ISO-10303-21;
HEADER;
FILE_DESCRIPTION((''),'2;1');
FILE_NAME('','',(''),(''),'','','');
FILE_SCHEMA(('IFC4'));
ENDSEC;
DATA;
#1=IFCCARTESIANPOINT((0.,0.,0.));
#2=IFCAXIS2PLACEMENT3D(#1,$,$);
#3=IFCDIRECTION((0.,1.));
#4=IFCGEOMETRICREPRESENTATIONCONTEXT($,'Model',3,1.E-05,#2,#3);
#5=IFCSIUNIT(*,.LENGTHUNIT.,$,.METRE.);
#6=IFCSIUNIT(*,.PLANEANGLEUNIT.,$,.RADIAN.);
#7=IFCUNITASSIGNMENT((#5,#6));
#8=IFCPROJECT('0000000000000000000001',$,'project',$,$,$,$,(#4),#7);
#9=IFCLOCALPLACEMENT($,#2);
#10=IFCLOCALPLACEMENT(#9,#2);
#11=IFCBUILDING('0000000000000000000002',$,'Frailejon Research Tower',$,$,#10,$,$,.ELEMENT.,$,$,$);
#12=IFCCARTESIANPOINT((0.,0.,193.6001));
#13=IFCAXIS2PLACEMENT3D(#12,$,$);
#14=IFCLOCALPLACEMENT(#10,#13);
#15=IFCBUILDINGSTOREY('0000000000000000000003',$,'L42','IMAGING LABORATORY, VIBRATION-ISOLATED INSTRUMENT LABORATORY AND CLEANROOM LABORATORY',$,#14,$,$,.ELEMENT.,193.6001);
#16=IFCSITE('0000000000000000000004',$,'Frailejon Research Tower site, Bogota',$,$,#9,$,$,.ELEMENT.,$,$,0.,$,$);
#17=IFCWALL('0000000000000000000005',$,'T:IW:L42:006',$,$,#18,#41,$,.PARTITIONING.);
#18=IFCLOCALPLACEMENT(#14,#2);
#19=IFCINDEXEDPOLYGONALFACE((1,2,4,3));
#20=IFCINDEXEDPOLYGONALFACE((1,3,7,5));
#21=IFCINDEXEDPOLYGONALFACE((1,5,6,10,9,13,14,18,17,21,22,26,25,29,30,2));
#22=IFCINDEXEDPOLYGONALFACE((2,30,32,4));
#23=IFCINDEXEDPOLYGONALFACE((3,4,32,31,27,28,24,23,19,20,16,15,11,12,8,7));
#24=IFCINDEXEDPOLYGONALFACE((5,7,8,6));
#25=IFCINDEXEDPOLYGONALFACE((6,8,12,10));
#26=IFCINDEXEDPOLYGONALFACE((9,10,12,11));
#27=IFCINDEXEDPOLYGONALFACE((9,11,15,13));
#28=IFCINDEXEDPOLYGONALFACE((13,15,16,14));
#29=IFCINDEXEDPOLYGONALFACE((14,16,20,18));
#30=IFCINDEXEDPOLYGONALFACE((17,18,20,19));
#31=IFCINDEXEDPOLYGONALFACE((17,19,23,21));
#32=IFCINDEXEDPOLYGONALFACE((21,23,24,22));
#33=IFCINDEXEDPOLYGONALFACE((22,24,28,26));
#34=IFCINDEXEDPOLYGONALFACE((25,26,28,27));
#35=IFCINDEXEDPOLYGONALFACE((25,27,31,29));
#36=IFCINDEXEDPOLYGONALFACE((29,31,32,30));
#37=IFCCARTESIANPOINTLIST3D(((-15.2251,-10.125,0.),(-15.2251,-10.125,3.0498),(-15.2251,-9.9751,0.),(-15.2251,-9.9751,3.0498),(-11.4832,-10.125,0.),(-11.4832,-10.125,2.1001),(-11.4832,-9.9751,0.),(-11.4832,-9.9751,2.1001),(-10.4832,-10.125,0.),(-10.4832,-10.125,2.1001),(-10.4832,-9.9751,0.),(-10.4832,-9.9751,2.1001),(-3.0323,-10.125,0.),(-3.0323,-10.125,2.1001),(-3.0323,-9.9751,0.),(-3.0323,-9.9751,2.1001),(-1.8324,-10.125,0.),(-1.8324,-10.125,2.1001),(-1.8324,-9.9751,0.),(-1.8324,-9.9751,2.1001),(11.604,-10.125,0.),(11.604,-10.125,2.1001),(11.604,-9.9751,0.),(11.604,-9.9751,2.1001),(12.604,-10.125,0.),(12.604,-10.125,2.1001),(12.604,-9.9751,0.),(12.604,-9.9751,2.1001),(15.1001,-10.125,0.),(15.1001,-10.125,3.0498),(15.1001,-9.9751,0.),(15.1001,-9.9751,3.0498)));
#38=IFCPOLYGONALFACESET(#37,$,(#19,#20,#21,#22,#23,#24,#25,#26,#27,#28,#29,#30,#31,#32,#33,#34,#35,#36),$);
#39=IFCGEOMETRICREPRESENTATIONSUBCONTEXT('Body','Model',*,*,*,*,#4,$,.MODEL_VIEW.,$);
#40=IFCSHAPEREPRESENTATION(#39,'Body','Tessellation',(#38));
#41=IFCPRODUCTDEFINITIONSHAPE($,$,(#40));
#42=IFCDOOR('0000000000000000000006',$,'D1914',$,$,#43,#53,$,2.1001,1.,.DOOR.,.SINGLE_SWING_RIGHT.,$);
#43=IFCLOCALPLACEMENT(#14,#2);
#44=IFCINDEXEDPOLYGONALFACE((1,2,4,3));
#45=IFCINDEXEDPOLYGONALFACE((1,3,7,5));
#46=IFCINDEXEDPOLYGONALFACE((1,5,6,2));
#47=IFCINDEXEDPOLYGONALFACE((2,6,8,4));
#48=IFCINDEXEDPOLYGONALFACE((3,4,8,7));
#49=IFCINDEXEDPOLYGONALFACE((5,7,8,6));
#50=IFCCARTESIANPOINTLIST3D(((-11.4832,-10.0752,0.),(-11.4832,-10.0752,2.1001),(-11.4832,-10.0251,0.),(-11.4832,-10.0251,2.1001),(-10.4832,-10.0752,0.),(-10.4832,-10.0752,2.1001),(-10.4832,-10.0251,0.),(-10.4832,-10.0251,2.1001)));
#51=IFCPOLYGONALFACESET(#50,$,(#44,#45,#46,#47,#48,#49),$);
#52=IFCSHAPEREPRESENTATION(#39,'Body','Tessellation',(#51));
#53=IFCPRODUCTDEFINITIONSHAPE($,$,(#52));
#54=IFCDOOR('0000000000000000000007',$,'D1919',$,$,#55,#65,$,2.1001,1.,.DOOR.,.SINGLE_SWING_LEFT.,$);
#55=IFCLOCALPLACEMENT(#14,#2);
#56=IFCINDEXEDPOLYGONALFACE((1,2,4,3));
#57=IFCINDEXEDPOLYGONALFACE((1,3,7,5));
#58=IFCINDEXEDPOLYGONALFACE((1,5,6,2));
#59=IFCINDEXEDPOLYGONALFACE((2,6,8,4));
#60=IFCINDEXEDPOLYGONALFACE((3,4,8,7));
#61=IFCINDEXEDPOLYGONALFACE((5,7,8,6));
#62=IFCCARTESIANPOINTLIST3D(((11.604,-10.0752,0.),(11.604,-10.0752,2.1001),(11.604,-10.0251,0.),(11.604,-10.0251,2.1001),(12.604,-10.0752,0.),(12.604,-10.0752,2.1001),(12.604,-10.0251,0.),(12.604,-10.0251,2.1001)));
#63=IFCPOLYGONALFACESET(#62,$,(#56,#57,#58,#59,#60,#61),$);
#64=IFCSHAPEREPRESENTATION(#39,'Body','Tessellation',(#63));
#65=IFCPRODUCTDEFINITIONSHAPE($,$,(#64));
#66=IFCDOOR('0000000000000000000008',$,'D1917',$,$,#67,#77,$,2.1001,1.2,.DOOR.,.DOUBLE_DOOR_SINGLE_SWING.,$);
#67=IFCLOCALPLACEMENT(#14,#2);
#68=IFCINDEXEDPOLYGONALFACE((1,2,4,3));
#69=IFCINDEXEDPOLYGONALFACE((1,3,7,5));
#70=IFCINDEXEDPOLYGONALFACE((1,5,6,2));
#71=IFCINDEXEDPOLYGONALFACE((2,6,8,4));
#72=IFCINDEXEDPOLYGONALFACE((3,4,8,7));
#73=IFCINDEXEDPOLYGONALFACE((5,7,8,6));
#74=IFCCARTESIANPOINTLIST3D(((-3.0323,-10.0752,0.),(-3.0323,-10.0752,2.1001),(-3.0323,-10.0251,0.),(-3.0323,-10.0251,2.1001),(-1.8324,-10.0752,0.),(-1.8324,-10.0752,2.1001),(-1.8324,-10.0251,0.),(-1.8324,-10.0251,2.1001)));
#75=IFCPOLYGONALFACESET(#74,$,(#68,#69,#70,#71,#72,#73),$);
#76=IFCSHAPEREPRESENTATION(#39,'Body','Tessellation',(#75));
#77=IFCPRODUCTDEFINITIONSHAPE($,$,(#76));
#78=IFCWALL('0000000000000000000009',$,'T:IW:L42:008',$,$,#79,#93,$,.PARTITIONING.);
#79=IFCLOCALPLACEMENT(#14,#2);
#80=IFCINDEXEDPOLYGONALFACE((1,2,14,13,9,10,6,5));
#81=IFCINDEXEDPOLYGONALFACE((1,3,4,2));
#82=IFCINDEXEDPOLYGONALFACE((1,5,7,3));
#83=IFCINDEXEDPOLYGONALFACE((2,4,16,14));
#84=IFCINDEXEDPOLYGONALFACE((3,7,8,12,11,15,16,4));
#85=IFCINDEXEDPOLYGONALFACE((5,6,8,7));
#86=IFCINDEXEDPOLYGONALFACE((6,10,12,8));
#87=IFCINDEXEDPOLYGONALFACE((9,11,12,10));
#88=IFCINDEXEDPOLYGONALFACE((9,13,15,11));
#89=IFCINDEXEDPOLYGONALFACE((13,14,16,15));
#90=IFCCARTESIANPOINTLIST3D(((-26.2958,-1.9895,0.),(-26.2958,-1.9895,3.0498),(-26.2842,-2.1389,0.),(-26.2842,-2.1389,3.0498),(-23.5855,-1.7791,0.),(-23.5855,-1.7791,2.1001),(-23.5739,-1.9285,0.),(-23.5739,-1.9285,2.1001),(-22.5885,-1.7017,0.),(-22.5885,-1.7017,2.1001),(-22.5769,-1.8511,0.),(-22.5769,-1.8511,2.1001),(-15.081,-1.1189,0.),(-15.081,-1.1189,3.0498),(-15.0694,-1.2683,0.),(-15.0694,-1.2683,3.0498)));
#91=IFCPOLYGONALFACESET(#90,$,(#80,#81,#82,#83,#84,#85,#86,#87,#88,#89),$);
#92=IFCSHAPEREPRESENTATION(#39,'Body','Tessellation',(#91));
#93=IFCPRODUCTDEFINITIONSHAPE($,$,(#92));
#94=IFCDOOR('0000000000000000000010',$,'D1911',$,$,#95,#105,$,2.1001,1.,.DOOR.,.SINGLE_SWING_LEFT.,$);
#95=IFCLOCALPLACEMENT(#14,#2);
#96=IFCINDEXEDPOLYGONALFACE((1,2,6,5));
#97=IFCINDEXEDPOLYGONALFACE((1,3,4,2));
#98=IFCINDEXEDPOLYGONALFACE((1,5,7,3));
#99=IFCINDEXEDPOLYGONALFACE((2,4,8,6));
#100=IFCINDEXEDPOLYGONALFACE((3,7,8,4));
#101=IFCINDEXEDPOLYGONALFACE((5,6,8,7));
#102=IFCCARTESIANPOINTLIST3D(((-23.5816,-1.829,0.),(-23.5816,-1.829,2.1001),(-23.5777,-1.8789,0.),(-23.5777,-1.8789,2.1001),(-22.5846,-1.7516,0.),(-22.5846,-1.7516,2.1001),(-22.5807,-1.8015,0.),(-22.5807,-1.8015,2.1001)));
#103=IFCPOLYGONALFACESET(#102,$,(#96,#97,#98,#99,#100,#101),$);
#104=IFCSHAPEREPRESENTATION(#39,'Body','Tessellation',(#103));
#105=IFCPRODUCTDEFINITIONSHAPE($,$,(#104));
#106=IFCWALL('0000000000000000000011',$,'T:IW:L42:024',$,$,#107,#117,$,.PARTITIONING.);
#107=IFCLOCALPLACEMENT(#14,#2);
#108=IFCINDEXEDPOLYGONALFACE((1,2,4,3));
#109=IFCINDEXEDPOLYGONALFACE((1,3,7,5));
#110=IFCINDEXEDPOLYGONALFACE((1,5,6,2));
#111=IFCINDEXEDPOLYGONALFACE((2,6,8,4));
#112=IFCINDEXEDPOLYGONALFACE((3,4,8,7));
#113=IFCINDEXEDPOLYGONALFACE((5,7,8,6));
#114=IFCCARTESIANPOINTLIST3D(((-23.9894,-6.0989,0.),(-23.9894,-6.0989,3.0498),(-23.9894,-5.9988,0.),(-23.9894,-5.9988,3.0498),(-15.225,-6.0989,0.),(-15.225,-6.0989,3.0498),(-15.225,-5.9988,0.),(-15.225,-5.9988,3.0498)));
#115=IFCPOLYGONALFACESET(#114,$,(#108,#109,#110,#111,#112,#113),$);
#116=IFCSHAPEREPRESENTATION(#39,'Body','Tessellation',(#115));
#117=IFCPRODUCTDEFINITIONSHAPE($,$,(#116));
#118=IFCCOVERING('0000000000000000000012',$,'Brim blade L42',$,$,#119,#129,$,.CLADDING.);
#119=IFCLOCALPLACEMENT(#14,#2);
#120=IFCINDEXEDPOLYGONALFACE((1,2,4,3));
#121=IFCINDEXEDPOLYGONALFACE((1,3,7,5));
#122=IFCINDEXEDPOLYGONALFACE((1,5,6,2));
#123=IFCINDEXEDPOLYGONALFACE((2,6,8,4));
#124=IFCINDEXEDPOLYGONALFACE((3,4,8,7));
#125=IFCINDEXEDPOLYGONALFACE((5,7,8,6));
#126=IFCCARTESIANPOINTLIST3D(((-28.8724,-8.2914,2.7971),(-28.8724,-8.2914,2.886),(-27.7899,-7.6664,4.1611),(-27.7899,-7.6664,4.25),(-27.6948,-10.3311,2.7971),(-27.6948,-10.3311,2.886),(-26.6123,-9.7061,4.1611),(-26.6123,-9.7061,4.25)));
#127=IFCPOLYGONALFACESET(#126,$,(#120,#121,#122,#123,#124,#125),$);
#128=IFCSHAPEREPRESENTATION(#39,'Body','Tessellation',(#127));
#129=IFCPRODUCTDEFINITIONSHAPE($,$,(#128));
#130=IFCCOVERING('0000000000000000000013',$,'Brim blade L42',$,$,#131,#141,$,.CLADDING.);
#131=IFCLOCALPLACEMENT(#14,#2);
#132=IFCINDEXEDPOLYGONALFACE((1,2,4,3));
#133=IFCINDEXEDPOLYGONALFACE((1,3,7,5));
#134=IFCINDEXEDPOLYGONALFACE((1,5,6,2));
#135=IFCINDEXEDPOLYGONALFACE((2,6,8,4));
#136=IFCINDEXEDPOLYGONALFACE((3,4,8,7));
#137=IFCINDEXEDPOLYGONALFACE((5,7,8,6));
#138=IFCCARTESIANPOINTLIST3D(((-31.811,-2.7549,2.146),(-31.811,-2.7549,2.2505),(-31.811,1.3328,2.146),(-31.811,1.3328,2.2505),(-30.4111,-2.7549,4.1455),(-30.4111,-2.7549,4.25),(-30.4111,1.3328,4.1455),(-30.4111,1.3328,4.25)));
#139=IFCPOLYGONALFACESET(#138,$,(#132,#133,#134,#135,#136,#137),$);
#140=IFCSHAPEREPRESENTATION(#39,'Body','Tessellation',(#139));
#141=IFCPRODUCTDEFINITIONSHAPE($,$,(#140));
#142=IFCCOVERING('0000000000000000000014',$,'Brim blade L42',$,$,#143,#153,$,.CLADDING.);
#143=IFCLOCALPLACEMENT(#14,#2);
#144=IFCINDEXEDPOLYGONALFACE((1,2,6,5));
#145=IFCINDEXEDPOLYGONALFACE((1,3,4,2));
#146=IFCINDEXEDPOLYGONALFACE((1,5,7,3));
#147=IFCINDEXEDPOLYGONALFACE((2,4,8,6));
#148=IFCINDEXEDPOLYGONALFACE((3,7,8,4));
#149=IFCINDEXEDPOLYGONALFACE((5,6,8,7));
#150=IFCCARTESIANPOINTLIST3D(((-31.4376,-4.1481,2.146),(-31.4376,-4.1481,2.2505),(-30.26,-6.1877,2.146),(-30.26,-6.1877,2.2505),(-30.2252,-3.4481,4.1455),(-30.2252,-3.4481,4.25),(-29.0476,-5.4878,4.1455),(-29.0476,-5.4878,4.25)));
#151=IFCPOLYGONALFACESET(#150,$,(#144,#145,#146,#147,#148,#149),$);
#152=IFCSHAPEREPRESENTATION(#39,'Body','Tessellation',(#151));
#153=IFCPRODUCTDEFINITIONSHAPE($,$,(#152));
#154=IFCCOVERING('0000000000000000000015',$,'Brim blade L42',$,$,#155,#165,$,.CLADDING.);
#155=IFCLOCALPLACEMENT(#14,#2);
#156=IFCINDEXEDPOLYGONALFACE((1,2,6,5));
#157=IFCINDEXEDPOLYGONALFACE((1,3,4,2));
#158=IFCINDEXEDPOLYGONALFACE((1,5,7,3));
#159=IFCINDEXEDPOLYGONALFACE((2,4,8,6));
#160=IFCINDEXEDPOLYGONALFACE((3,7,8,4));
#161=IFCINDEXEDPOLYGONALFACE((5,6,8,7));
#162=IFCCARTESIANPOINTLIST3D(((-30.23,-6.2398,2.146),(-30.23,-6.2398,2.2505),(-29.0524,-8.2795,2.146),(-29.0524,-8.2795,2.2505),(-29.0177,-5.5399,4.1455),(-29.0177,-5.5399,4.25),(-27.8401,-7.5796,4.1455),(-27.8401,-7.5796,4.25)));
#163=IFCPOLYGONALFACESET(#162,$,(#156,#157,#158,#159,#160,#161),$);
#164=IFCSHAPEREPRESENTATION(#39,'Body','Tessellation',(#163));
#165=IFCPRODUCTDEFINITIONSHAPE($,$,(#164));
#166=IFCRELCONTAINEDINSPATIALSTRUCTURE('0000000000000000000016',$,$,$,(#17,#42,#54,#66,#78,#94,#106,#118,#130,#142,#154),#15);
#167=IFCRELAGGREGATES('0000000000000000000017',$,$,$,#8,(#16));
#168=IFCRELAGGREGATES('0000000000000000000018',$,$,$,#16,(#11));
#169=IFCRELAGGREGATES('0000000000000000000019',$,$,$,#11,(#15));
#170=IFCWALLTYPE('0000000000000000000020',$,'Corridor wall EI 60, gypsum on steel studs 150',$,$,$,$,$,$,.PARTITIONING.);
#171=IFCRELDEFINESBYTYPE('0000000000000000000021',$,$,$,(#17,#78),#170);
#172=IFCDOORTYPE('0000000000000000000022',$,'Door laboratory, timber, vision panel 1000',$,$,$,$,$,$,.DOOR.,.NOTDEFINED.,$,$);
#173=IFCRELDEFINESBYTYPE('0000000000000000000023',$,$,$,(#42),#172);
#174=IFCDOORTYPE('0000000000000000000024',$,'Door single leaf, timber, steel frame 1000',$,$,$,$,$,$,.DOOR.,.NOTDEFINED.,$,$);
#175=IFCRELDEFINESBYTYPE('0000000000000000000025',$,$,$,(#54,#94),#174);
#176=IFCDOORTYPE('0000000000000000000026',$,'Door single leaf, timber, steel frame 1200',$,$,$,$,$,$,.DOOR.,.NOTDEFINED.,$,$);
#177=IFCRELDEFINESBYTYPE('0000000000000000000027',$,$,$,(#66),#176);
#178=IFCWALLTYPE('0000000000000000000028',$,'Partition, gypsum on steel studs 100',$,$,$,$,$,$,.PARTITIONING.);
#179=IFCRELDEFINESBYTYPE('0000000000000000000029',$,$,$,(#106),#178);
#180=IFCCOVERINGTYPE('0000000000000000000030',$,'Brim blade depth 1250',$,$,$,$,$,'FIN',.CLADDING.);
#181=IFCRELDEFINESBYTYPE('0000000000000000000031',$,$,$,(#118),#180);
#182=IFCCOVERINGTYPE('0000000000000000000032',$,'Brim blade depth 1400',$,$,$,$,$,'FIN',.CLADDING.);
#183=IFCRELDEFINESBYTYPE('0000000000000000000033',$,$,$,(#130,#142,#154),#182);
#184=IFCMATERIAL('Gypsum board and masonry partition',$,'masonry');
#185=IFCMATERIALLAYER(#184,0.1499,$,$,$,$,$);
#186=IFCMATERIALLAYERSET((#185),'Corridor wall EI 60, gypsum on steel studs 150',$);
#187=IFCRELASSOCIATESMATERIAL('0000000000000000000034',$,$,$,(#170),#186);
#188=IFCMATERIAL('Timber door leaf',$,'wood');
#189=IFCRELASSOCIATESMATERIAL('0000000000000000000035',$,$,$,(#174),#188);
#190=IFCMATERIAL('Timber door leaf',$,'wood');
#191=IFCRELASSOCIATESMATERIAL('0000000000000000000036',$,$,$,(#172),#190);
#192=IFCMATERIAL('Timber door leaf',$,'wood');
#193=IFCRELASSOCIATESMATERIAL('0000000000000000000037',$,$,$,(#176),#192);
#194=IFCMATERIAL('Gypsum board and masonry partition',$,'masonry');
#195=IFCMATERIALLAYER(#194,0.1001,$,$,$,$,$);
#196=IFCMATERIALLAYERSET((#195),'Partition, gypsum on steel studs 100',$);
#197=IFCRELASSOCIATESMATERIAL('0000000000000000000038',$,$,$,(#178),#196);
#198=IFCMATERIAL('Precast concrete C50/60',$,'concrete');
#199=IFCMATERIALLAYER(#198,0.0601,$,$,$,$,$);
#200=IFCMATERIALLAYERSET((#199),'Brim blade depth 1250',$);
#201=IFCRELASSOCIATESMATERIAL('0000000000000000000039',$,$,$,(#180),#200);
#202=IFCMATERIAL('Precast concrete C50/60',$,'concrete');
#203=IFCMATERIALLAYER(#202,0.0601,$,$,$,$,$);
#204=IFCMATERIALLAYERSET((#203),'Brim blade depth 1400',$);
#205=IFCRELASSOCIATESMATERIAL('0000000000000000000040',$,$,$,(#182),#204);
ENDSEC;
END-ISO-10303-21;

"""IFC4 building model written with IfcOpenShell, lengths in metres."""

from ifc_helpers import new_model, si_unit, direction, frame, frame_2d, origin, place, context, subcontext, project, spatial, polyline, rectangle, outline, extrude, material, layer, layer_set, type_object, element, fill, save


model = new_model("IFC4")

# Units and contexts
model_context = context("Model", 3, precision=1e-05, world=origin(), true_north=direction((0.0, 1.0)))
body_context = subcontext(model_context, "Body", "Model", "MODEL_VIEW")
ifc_project = project(units=[si_unit("LENGTHUNIT", "METRE"), si_unit("PLANEANGLEUNIT", "RADIAN")], contexts=[model_context])

# Site, building, storey
site_placement = place(None, origin())
site = spatial("IfcSite", under=ifc_project, at=site_placement, Name="Frailejon Research Tower site, Bogota", CompositionType="ELEMENT", RefElevation=0.0)
building_placement = place(site_placement, origin())
building = spatial("IfcBuilding", under=site, at=building_placement, Name="Frailejon Research Tower", CompositionType="ELEMENT")
storey_placement = place(building_placement, frame((0.0, 0.0, 193.6001)))
storey = spatial("IfcBuildingStorey", under=building, at=storey_placement, Name="L42", Description="IMAGING LABORATORY, VIBRATION-ISOLATED INSTRUMENT LABORATORY AND CLEANROOM LABORATORY", CompositionType="ELEMENT", Elevation=193.6001)

# Shared definitions
ifc_material_1 = material(Name="Gypsum board and masonry partition", Category="masonry")
ifc_layer_1 = layer(ifc_material_1, 0.1499)
ifc_layer_set_1 = layer_set([ifc_layer_1], Name="Corridor wall EI 60, gypsum on steel studs 150")
wall_type_1 = type_object("IfcWallType", Name="Corridor wall EI 60, gypsum on steel studs 150", PredefinedType="PARTITIONING", material=ifc_layer_set_1)
ifc_material_2 = material(Name="Timber door leaf", Category="wood")
door_type_1 = type_object("IfcDoorType", Name="Door single leaf, timber, steel frame 1000", OperationType="NOTDEFINED", PredefinedType="DOOR", material=ifc_material_2)

# Wall, openings, doors
wall_1_placement = place(storey_placement, frame((-15.2251, -10.05, 0.0), z_axis=(0.0, 0.0, 1.0), x_axis=(1.0, 0.0, 0.0)))
wall_1 = element("IfcWall", 1, at=wall_1_placement, inside=storey, type_object=wall_type_1, Name="T:IW:L42:006", PredefinedType="PARTITIONING", context=body_context, shape_type="SweptSolid", body=[
    extrude(rectangle(XDim=30.3252, YDim=0.1499, at=frame_2d((15.1626, 0.0))), origin(), (0.0, 0.0, 1.0), 3.0498),
])
opening_1_placement = place(wall_1_placement, frame((3.7419, 0.0, 0.0)))
opening_1 = element("IfcOpeningElement", 2, at=opening_1_placement, cuts=wall_1, PredefinedType="OPENING", context=body_context, shape_type="SweptSolid", body=[
    extrude(rectangle(XDim=1.0, YDim=2.1001, at=frame_2d((0.5, 1.05))), frame((0.0, 0.085, 0.0), z_axis=(0.0, -1.0, 0.0), x_axis=(1.0, 0.0, 0.0)), (0.0, 0.0, 1.0), 0.1699),
])
opening_2_placement = place(wall_1_placement, frame((12.1926, 0.0, 0.0)))
opening_2 = element("IfcOpeningElement", 3, at=opening_2_placement, cuts=wall_1, PredefinedType="OPENING", context=body_context, shape_type="SweptSolid", body=[
    extrude(rectangle(XDim=1.2, YDim=2.1001, at=frame_2d((0.6001, 1.05))), frame((0.0, 0.085, 0.0), z_axis=(0.0, -1.0, 0.0), x_axis=(1.0, 0.0, 0.0)), (0.0, 0.0, 1.0), 0.1699),
])
opening_3_placement = place(wall_1_placement, frame((26.8291, 0.0, 0.0)))
opening_3 = element("IfcOpeningElement", 4, at=opening_3_placement, cuts=wall_1, PredefinedType="OPENING", context=body_context, shape_type="SweptSolid", body=[
    extrude(rectangle(XDim=1.0, YDim=2.1001, at=frame_2d((0.5, 1.05))), frame((0.0, 0.085, 0.0), z_axis=(0.0, -1.0, 0.0), x_axis=(1.0, 0.0, 0.0)), (0.0, 0.0, 1.0), 0.1699),
])
ifc_material_3 = material(Name="Timber door leaf", Category="wood")
door_type_2 = type_object("IfcDoorType", Name="Door laboratory, timber, vision panel 1000", OperationType="NOTDEFINED", PredefinedType="DOOR", material=ifc_material_3)
door_1_placement = place(opening_1_placement, origin())
door_1 = element("IfcDoor", 5, at=door_1_placement, inside=storey, type_object=door_type_2, Name="D1914", OperationType="SINGLE_SWING_RIGHT", OverallHeight=2.1001, OverallWidth=1.0, PredefinedType="DOOR", context=body_context, shape_type="SweptSolid", body=[
    extrude(rectangle(XDim=1.0, YDim=2.1001, at=frame_2d((0.5, 1.05))), frame((0.0, 0.0249, 0.0), z_axis=(0.0, -1.0, 0.0), x_axis=(1.0, 0.0, 0.0)), (0.0, 0.0, 1.0), 0.05),
])
fill(opening_1, door_1)
door_2_placement = place(opening_3_placement, origin())
door_2 = element("IfcDoor", 6, at=door_2_placement, inside=storey, type_object=door_type_1, Name="D1919", OperationType="SINGLE_SWING_LEFT", OverallHeight=2.1001, OverallWidth=1.0, PredefinedType="DOOR", context=body_context, shape_type="SweptSolid", body=[
    extrude(rectangle(XDim=1.0, YDim=2.1001, at=frame_2d((0.5, 1.05))), frame((0.0, 0.0249, 0.0), z_axis=(0.0, -1.0, 0.0), x_axis=(1.0, 0.0, 0.0)), (0.0, 0.0, 1.0), 0.05),
])
fill(opening_3, door_2)
ifc_material_4 = material(Name="Timber door leaf", Category="wood")
door_type_3 = type_object("IfcDoorType", Name="Door single leaf, timber, steel frame 1200", OperationType="NOTDEFINED", PredefinedType="DOOR", material=ifc_material_4)
door_3_placement = place(opening_2_placement, origin())
door_3 = element("IfcDoor", 7, at=door_3_placement, inside=storey, type_object=door_type_3, Name="D1917", OperationType="DOUBLE_DOOR_SINGLE_SWING", OverallHeight=2.1001, OverallWidth=1.2, PredefinedType="DOOR", context=body_context, shape_type="SweptSolid", body=[
    extrude(rectangle(XDim=1.2, YDim=2.1001, at=frame_2d((0.6001, 1.05))), frame((0.0, 0.0249, 0.0), z_axis=(0.0, -1.0, 0.0), x_axis=(1.0, 0.0, 0.0)), (0.0, 0.0, 1.0), 0.05),
])
fill(opening_2, door_3)

# Wall, opening, door
wall_2_placement = place(storey_placement, frame((-26.29, -2.0642, 0.0), z_axis=(0.0, 0.0, 1.0), x_axis=(0.997, 0.077397, 0.0)))
wall_2 = element("IfcWall", 8, at=wall_2_placement, inside=storey, type_object=wall_type_1, Name="T:IW:L42:008", PredefinedType="PARTITIONING", context=body_context, shape_type="SweptSolid", body=[
    extrude(rectangle(XDim=11.2485, YDim=0.1499, at=frame_2d((5.6243, 0.0))), origin(), (0.0, 0.0, 1.0), 3.0498),
])
opening_4_placement = place(wall_2_placement, frame((2.7185, 0.0, 0.0)))
opening_4 = element("IfcOpeningElement", 9, at=opening_4_placement, cuts=wall_2, PredefinedType="OPENING", context=body_context, shape_type="SweptSolid", body=[
    extrude(rectangle(XDim=1.0, YDim=2.1001, at=frame_2d((0.5, 1.05))), frame((0.0, 0.085, 0.0), z_axis=(0.0, -1.0, 0.0), x_axis=(1.0, 0.0, 0.0)), (0.0, 0.0, 1.0), 0.1699),
])
door_4_placement = place(opening_4_placement, origin())
door_4 = element("IfcDoor", 10, at=door_4_placement, inside=storey, type_object=door_type_1, Name="D1911", OperationType="SINGLE_SWING_LEFT", OverallHeight=2.1001, OverallWidth=1.0, PredefinedType="DOOR", context=body_context, shape_type="SweptSolid", body=[
    extrude(rectangle(XDim=1.0, YDim=2.1001, at=frame_2d((0.5, 1.05))), frame((0.0, 0.0249, 0.0), z_axis=(0.0, -1.0, 0.0), x_axis=(1.0, 0.0, 0.0)), (0.0, 0.0, 1.0), 0.05),
])
fill(opening_4, door_4)

# Wall
ifc_material_5 = material(Name="Gypsum board and masonry partition", Category="masonry")
ifc_layer_2 = layer(ifc_material_5, 0.1001)
ifc_layer_set_2 = layer_set([ifc_layer_2], Name="Partition, gypsum on steel studs 100")
wall_type_2 = type_object("IfcWallType", Name="Partition, gypsum on steel studs 100", PredefinedType="PARTITIONING", material=ifc_layer_set_2)
wall_3_placement = place(storey_placement, frame((-23.9895, -6.0488, 0.0), z_axis=(0.0, 0.0, 1.0), x_axis=(1.0, 0.0, 0.0)))
element("IfcWall", 11, at=wall_3_placement, inside=storey, type_object=wall_type_2, Name="T:IW:L42:024", PredefinedType="PARTITIONING", context=body_context, shape_type="SweptSolid", body=[
    extrude(rectangle(XDim=8.7644, YDim=0.1001, at=frame_2d((4.3823, 0.0))), origin(), (0.0, 0.0, 1.0), 3.0498),
])

# Coverings
ifc_material_6 = material(Name="Precast concrete C50/60", Category="concrete")
ifc_layer_3 = layer(ifc_material_6, 0.0601)
ifc_layer_set_3 = layer_set([ifc_layer_3], Name="Brim blade depth 1250")
covering_type_1 = type_object("IfcCoveringType", Name="Brim blade depth 1250", ElementType="FIN", PredefinedType="CLADDING", material=ifc_layer_set_3)
covering_1_placement = place(storey_placement, frame((-26.6123, -9.7061, 4.25), z_axis=(-0.499997, 0.866027, 0.0), x_axis=(-0.866027, -0.499997, 0.0)))
element("IfcCovering", 12, at=covering_1_placement, inside=storey, type_object=covering_type_1, Name="Brim blade L42", PredefinedType="CLADDING", context=body_context, shape_type="SweptSolid", body=[
    extrude(outline(polyline([(0.0, -0.0889), (1.25, -1.4529), (1.25, -1.364), (0.0, 0.0), (0.0, -0.0889)])), origin(), (0.0, 0.0, 1.0), 2.3552),
])
ifc_material_7 = material(Name="Precast concrete C50/60", Category="concrete")
ifc_layer_4 = layer(ifc_material_7, 0.0601)
ifc_layer_set_4 = layer_set([ifc_layer_4], Name="Brim blade depth 1400")
covering_type_2 = type_object("IfcCoveringType", Name="Brim blade depth 1400", ElementType="FIN", PredefinedType="CLADDING", material=ifc_layer_set_4)
covering_2_placement = place(storey_placement, frame((-30.4111, -2.7549, 4.25), z_axis=(0.0, 1.0, 0.0), x_axis=(-1.0, 0.0, 0.0)))
element("IfcCovering", 13, at=covering_2_placement, inside=storey, type_object=covering_type_2, Name="Brim blade L42", PredefinedType="CLADDING", context=body_context, shape_type="SweptSolid", body=[
    extrude(outline(polyline([(0.0, -0.1045), (1.3999, -2.104), (1.3999, -1.9995), (0.0, 0.0), (0.0, -0.1045)])), origin(), (0.0, 0.0, 1.0), 4.0876),
])
for number, where, z_axis, x_axis, name in (
    (14, (-29.0476, -5.4878, 4.25), (-0.499997, 0.866027, 0.0), (-0.866027, -0.499997, 0.0), "Brim blade L42"),
    (15, (-27.8401, -7.5796, 4.25), (-0.499997, 0.866027, 0.0), (-0.866027, -0.499997, 0.0), "Brim blade L42"),
):
    element("IfcCovering", number, at=place(storey_placement, frame(where, z_axis=z_axis, x_axis=x_axis)), inside=storey, type_object=covering_type_2, Name=name, PredefinedType="CLADDING", context=body_context, shape_type="SweptSolid", body=[
        extrude(outline(polyline([(0.0, -0.1045), (1.3999, -2.104), (1.3999, -1.9995), (0.0, 0.0), (0.0, -0.1045)])), origin(), (0.0, 0.0, 1.0), 2.3552),
    ])

save(model, "model.ifc")
